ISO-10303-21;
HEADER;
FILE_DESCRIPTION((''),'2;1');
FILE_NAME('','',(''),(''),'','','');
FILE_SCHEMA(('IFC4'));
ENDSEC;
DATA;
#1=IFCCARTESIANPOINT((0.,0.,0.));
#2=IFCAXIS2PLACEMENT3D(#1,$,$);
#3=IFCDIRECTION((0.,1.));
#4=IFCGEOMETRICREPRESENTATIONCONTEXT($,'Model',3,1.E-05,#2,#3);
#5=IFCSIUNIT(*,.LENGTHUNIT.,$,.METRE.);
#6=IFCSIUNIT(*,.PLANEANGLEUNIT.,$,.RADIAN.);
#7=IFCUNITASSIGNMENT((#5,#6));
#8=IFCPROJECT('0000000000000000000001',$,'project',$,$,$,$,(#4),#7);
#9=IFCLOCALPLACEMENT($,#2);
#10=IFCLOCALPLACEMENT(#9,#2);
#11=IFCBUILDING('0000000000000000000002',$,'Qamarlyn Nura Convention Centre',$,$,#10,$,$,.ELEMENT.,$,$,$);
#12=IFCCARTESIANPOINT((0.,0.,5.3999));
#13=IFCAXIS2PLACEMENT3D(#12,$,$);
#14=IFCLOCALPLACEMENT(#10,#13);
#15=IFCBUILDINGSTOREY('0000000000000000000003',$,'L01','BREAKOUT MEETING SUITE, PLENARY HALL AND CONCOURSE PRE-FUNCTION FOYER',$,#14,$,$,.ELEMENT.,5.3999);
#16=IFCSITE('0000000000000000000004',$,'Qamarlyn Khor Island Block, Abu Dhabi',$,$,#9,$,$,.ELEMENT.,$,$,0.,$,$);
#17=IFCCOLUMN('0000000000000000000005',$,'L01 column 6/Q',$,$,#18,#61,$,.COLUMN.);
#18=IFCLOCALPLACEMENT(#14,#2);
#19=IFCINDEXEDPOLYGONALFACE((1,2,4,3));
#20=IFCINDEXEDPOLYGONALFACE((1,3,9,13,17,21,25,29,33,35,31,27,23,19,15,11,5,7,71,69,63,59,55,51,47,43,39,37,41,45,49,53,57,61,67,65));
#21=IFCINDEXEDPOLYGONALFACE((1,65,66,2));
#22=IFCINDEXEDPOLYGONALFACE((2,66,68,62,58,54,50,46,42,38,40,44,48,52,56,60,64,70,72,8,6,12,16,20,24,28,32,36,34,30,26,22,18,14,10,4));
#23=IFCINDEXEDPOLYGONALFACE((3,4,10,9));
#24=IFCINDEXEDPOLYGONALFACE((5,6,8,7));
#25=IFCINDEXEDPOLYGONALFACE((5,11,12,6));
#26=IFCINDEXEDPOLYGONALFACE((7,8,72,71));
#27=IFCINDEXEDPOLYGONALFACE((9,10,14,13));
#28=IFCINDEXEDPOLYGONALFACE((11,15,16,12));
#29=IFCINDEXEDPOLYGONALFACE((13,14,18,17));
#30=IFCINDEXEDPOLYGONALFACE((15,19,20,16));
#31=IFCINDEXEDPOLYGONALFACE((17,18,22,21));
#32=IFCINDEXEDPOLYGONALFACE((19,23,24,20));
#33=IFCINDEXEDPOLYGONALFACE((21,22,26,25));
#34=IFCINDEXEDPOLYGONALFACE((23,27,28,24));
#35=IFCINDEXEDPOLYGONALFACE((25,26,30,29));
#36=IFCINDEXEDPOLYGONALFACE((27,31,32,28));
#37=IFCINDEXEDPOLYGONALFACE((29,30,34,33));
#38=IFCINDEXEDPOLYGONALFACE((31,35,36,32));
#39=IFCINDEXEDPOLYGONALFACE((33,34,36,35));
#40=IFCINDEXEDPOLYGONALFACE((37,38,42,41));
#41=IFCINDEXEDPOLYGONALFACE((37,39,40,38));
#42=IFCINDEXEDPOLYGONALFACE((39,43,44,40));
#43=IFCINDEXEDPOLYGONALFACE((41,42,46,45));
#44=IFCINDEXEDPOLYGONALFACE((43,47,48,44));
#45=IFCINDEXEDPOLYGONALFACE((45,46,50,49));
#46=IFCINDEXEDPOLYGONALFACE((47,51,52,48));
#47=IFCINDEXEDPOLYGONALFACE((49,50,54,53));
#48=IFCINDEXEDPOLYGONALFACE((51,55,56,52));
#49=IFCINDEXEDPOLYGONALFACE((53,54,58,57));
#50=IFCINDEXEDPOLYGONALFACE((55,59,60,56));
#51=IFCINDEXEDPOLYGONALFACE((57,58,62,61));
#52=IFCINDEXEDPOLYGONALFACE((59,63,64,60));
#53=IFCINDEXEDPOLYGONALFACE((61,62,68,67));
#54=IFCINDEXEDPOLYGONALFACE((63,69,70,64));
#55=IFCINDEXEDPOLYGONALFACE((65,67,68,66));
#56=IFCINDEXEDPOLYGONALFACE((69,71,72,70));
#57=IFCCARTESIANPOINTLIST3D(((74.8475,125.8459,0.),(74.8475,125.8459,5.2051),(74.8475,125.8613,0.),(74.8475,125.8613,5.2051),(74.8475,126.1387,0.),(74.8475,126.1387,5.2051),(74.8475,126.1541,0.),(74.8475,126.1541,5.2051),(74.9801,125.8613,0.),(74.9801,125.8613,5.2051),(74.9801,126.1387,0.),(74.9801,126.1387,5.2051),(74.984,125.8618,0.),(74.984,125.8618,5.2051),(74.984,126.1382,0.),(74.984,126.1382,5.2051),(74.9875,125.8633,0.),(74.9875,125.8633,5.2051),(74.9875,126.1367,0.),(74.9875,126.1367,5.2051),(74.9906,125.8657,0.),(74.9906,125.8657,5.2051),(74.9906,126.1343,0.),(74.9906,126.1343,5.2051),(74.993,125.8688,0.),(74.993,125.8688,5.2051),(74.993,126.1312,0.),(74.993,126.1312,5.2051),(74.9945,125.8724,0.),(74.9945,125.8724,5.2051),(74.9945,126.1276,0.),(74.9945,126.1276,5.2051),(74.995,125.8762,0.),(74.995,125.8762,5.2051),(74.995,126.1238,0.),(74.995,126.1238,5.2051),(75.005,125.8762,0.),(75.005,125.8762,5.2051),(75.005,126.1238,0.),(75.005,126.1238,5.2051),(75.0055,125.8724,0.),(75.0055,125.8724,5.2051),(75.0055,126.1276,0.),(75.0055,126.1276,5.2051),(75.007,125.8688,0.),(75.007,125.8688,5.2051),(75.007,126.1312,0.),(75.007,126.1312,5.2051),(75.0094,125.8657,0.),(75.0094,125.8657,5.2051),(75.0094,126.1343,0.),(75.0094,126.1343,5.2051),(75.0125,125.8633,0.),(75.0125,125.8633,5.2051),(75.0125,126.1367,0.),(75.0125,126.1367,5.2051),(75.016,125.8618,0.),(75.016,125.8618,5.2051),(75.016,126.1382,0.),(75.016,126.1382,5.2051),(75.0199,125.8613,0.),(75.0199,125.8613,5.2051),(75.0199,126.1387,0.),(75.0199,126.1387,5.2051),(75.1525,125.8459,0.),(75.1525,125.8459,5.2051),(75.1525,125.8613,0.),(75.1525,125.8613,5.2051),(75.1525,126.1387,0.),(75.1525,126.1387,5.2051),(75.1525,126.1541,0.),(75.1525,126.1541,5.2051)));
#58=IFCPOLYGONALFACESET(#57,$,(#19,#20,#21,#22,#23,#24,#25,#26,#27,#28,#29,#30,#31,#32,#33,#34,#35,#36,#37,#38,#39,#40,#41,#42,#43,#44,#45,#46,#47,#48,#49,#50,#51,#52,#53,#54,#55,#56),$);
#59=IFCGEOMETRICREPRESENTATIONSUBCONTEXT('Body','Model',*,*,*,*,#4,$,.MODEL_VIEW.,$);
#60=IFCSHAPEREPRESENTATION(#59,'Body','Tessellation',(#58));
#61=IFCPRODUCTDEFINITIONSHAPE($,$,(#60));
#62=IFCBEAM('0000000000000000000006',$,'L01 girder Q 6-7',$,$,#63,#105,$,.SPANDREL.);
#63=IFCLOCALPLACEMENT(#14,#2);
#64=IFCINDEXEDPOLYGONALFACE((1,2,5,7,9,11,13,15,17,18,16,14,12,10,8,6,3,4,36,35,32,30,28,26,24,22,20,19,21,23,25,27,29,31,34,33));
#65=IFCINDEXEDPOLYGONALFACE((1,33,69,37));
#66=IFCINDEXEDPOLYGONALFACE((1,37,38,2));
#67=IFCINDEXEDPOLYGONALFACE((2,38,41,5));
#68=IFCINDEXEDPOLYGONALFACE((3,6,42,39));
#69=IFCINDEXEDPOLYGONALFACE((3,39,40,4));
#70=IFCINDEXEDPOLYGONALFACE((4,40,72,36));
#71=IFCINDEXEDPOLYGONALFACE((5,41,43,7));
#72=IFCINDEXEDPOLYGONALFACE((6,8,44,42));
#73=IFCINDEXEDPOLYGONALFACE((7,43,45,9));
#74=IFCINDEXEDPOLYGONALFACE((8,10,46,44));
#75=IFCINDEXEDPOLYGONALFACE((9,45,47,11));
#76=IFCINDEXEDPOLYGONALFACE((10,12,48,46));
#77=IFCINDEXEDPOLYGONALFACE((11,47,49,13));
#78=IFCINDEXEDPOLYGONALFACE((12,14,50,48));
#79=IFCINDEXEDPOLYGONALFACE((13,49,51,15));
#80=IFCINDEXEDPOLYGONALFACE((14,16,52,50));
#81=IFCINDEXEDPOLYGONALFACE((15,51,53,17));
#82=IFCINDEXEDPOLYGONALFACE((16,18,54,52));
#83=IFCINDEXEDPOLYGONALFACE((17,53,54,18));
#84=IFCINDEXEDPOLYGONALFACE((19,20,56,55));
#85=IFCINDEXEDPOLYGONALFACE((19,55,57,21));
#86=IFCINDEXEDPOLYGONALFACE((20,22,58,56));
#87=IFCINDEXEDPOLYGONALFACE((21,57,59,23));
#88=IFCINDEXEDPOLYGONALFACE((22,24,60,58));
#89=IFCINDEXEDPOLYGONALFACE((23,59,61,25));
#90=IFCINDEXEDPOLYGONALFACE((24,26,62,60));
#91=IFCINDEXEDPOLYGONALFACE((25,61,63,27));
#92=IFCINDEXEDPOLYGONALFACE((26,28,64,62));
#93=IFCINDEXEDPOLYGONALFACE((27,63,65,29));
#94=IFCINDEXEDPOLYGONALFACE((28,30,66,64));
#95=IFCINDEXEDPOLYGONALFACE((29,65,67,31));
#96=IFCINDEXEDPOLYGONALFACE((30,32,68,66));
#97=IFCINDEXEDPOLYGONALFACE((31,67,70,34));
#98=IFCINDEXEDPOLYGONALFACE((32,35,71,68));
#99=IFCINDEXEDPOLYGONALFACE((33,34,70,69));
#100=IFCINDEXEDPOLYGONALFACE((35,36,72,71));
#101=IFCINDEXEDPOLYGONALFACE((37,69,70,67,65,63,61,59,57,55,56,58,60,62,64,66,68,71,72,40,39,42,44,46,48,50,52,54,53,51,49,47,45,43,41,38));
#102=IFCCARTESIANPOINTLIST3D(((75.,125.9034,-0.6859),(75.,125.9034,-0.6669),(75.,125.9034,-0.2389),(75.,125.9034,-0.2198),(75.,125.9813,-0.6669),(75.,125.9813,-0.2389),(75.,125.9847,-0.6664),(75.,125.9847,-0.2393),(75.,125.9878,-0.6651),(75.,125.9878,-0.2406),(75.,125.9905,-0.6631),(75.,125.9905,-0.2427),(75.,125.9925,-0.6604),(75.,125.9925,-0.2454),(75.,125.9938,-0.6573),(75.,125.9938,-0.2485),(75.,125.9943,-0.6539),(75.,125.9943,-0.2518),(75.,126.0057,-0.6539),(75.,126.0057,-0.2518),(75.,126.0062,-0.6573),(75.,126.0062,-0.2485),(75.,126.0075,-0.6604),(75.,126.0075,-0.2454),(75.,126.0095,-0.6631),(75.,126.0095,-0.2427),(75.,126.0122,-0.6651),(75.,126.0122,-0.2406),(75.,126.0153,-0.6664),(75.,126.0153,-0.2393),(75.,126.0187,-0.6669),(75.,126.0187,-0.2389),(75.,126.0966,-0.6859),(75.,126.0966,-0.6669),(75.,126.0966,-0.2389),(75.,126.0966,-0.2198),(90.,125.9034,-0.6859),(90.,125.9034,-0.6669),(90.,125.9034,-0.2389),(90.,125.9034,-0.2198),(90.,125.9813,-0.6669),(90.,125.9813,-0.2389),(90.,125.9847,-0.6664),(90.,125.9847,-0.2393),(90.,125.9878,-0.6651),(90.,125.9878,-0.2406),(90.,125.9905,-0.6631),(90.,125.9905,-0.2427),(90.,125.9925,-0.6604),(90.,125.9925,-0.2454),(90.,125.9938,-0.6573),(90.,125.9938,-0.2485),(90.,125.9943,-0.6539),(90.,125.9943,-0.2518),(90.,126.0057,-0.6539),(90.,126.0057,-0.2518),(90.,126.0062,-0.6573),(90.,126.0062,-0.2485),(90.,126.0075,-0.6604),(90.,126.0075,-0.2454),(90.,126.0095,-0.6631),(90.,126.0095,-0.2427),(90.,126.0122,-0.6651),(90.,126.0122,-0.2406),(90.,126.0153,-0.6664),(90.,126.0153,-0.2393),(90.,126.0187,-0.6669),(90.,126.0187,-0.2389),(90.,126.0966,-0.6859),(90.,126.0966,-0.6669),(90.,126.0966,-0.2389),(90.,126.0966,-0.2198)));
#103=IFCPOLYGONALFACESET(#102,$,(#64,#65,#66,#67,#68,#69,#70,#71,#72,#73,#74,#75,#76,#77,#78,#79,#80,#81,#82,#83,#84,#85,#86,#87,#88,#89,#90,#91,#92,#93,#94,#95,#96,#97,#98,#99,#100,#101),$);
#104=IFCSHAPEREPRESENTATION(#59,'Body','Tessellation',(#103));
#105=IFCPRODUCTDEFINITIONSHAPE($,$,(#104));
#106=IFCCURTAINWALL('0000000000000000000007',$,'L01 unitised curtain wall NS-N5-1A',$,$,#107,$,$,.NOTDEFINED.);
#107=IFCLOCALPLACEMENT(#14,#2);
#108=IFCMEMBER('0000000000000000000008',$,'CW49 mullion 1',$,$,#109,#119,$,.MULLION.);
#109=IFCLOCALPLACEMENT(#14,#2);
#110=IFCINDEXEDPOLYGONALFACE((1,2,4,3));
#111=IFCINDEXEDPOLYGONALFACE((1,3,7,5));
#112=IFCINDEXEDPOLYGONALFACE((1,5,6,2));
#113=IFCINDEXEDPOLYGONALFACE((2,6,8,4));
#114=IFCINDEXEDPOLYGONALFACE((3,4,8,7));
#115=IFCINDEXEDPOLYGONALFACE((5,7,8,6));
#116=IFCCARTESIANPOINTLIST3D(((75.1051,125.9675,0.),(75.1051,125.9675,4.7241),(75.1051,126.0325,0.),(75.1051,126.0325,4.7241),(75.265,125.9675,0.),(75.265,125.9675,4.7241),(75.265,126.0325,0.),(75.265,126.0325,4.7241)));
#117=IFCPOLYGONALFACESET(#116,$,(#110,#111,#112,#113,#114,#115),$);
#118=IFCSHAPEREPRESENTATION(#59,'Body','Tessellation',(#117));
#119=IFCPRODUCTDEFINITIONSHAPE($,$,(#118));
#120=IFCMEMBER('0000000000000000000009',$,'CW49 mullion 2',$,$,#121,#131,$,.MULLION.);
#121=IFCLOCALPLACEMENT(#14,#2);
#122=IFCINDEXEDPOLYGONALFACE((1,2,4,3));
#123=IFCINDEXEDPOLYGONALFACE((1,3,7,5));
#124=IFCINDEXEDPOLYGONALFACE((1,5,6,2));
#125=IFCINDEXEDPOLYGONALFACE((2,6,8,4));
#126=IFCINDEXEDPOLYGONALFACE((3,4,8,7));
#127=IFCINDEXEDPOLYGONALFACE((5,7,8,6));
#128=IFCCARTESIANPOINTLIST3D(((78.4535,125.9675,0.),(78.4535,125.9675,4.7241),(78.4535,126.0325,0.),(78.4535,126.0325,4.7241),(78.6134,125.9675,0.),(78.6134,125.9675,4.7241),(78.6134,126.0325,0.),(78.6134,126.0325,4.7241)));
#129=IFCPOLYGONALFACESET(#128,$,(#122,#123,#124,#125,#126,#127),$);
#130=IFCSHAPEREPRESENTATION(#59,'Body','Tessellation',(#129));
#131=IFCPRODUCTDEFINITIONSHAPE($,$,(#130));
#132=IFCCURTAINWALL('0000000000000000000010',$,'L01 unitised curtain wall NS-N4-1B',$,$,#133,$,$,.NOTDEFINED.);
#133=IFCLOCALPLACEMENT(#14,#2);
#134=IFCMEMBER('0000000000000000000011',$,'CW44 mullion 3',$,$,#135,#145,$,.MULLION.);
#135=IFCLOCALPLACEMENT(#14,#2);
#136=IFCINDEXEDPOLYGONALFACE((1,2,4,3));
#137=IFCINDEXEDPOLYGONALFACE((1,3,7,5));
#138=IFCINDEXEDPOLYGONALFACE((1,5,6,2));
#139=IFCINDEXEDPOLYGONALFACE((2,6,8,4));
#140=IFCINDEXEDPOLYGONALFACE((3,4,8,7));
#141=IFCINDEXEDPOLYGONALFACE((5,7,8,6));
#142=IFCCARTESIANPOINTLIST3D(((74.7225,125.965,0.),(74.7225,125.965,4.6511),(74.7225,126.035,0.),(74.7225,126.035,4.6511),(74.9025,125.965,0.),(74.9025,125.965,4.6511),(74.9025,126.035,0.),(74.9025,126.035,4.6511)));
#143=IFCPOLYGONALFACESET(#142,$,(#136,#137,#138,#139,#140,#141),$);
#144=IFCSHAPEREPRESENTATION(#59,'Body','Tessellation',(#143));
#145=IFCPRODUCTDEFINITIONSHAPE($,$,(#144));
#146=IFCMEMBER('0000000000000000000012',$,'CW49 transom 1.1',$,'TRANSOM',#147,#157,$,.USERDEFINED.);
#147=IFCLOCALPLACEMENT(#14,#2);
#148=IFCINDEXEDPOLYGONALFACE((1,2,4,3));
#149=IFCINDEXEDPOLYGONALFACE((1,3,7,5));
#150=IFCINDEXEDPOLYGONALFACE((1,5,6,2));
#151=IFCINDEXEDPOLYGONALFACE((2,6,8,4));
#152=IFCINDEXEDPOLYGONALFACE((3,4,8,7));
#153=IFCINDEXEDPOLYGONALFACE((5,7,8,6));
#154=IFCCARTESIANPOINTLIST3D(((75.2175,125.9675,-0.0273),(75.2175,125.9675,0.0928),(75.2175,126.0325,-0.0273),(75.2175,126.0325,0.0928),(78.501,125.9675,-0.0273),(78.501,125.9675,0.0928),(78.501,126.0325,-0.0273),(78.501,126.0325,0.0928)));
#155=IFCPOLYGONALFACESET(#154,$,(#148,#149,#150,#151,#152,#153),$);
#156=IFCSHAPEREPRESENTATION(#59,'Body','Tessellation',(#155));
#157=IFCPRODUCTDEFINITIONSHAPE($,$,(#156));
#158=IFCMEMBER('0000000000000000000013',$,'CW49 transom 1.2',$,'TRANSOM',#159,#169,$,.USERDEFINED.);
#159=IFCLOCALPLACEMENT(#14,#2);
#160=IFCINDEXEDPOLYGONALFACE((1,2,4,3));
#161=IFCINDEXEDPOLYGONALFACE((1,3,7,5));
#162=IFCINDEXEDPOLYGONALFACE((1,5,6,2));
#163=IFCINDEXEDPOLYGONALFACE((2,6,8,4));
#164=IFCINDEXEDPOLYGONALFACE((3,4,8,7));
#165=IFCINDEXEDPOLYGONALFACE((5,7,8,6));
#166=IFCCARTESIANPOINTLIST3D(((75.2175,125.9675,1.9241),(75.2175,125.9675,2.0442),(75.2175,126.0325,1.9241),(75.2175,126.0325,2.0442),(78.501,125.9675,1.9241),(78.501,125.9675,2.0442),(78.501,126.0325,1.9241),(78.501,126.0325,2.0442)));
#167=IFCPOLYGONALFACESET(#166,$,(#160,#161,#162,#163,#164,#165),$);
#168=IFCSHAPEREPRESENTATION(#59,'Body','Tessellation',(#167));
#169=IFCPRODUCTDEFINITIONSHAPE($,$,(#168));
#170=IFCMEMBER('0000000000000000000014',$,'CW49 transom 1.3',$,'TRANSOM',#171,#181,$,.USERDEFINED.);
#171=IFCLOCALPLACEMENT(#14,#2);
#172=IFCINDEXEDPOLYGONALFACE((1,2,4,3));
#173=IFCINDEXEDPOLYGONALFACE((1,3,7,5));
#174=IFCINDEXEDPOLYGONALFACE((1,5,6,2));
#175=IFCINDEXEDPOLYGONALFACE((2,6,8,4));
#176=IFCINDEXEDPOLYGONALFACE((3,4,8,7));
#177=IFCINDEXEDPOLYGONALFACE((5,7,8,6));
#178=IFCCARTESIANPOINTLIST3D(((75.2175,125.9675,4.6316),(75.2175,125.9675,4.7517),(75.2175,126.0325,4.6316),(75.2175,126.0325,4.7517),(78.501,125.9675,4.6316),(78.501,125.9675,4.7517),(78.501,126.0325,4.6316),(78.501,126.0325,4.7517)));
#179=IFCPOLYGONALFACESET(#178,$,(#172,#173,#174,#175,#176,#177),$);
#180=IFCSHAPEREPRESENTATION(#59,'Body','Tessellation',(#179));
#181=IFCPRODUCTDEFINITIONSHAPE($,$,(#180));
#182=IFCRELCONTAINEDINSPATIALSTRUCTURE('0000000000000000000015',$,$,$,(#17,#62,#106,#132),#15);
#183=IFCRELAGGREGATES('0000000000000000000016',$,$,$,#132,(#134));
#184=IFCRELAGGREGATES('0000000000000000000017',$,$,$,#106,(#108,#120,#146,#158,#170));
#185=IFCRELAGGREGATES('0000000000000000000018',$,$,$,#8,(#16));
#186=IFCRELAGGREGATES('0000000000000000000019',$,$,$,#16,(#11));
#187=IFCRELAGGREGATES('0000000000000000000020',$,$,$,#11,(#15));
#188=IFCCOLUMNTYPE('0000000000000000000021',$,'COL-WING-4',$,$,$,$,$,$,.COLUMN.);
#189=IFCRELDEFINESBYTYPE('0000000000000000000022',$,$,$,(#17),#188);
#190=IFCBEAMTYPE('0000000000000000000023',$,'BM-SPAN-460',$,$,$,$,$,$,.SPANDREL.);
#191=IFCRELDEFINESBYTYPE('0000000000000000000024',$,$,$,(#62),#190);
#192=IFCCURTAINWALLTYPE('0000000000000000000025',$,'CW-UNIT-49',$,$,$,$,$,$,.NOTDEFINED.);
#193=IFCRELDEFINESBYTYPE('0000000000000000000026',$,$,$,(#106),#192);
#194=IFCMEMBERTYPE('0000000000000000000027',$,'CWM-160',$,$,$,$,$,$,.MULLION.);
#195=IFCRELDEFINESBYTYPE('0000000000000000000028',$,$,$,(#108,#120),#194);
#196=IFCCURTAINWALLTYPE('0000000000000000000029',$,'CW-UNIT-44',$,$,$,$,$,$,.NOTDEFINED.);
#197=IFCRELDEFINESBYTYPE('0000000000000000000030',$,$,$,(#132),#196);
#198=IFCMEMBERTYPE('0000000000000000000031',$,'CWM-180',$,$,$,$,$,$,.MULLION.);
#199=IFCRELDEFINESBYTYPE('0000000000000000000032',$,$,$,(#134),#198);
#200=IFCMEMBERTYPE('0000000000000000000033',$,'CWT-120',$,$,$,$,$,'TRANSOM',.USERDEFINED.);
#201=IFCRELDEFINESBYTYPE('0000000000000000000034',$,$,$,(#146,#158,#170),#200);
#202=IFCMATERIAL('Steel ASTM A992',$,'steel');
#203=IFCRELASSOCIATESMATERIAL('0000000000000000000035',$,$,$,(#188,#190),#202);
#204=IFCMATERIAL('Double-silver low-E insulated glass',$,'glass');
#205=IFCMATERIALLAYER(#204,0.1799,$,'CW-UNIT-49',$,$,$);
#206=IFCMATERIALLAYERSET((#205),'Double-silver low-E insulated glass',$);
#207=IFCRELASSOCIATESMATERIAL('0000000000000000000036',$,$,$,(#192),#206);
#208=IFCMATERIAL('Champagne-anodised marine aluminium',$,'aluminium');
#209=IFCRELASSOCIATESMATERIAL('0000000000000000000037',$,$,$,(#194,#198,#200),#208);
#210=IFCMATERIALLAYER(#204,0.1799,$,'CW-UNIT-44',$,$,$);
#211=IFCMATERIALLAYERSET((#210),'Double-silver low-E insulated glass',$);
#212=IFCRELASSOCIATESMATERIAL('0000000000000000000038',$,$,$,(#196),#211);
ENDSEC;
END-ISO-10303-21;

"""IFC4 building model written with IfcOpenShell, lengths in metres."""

from ifc_helpers import new_model, si_unit, direction, frame, origin, origin_2d, place, context, subcontext, project, spatial, rectangle, i_section, extrude, material, layer, layer_set, material_profile, profile_set, type_object, element, aggregate, save


model = new_model("IFC4")

# Units and contexts
model_context = context("Model", 3, precision=1e-05, world=origin(), true_north=direction((0.0, 1.0)))
body_context = subcontext(model_context, "Body", "Model", "MODEL_VIEW")
ifc_project = project(units=[si_unit("LENGTHUNIT", "METRE"), si_unit("PLANEANGLEUNIT", "RADIAN")], contexts=[model_context])

# Site, building, storey
site_placement = place(None, origin())
site = spatial("IfcSite", under=ifc_project, at=site_placement, Name="Qamarlyn Khor Island Block, Abu Dhabi", CompositionType="ELEMENT", RefElevation=0.0)
building_placement = place(site_placement, origin())
building = spatial("IfcBuilding", under=site, at=building_placement, Name="Qamarlyn Nura Convention Centre", CompositionType="ELEMENT")
storey_placement = place(building_placement, frame((0.0, 0.0, 5.3999)))
storey = spatial("IfcBuildingStorey", under=building, at=storey_placement, Name="L01", Description="BREAKOUT MEETING SUITE, PLENARY HALL AND CONCOURSE PRE-FUNCTION FOYER", CompositionType="ELEMENT", Elevation=5.3999)

# Column
ifc_material_1 = material(Name="Steel ASTM A992", Category="steel")
ifc_material_profile_1 = material_profile(ifc_material_1, i_section(OverallWidth=0.3049, OverallDepth=0.3081, WebThickness=0.01, FlangeThickness=0.0154, FilletRadius=0.0149, at=origin_2d()), Name="W310X97")
ifc_profile_set_1 = profile_set([ifc_material_profile_1], Name="Steel ASTM A992")
column_type = type_object("IfcColumnType", Name="COL-WING-4", PredefinedType="COLUMN", material=ifc_profile_set_1)
column_placement = place(storey_placement, frame((75.0, 126.0, 0.0), z_axis=(0.0, 0.0, 1.0), x_axis=(1.0, 0.0, 0.0)))
element("IfcColumn", 1, at=column_placement, inside=storey, type_object=column_type, Name="L01 column 6/Q", PredefinedType="COLUMN", context=body_context, shape_type="SweptSolid", body=[
    extrude(i_section(OverallWidth=0.3049, OverallDepth=0.3081, WebThickness=0.01, FlangeThickness=0.0154, FilletRadius=0.0149, at=origin_2d()), origin(), (0.0, 0.0, 1.0), 5.2051),
])

# Beam
ifc_material_profile_2 = material_profile(ifc_material_1, i_section(OverallWidth=0.1931, OverallDepth=0.4661, WebThickness=0.0115, FlangeThickness=0.019, FilletRadius=0.0129, at=origin_2d()), Name="W460X97")
ifc_profile_set_2 = profile_set([ifc_material_profile_2], Name="Steel ASTM A992")
beam_type = type_object("IfcBeamType", Name="BM-SPAN-460", PredefinedType="SPANDREL", material=ifc_profile_set_2)
beam_placement = place(storey_placement, frame((75.0, 126.0, -0.4529), z_axis=(1.0, 0.0, 0.0), x_axis=(0.0, 1.0, 0.0)))
element("IfcBeam", 2, at=beam_placement, inside=storey, type_object=beam_type, Name="L01 girder Q 6-7", PredefinedType="SPANDREL", context=body_context, shape_type="SweptSolid", body=[
    extrude(i_section(OverallWidth=0.1931, OverallDepth=0.4661, WebThickness=0.0115, FlangeThickness=0.019, FilletRadius=0.0129, at=origin_2d()), origin(), (0.0, 0.0, 1.0), 15.0),
])

# Curtain wall, members
ifc_material_2 = material(Name="Double-silver low-E insulated glass", Category="glass")
ifc_layer_1 = layer(ifc_material_2, 0.1799, Name="CW-UNIT-49")
ifc_layer_set_1 = layer_set([ifc_layer_1], Name="Double-silver low-E insulated glass")
curtain_wall_type_1 = type_object("IfcCurtainWallType", Name="CW-UNIT-49", PredefinedType="NOTDEFINED", material=ifc_layer_set_1)
curtain_wall_1_placement = place(storey_placement, origin())
curtain_wall_1 = element("IfcCurtainWall", 3, at=curtain_wall_1_placement, inside=storey, type_object=curtain_wall_type_1, Name="L01 unitised curtain wall NS-N5-1A", PredefinedType="NOTDEFINED")
ifc_material_3 = material(Name="Champagne-anodised marine aluminium", Category="aluminium")
ifc_material_profile_3 = material_profile(ifc_material_3, rectangle(XDim=0.0649, YDim=0.1599, at=origin_2d()), Name="ALU MULLION 65x160")
ifc_profile_set_3 = profile_set([ifc_material_profile_3], Name="Champagne-anodised marine aluminium")
member_type_1 = type_object("IfcMemberType", Name="CWM-160", PredefinedType="MULLION", material=ifc_profile_set_3)
member_1_placement = place(storey_placement, frame((75.1851, 126.0, 0.0), z_axis=(0.0, 0.0, 1.0), x_axis=(0.0, 1.0, 0.0)))
member_1 = element("IfcMember", 4, at=member_1_placement, type_object=member_type_1, Name="CW49 mullion 1", PredefinedType="MULLION", context=body_context, shape_type="SweptSolid", body=[
    extrude(rectangle(XDim=0.0649, YDim=0.1599, at=origin_2d()), origin(), (0.0, 0.0, 1.0), 4.7241),
])
member_2_placement = place(storey_placement, frame((78.5334, 126.0, 0.0), z_axis=(0.0, 0.0, 1.0), x_axis=(0.0, 1.0, 0.0)))
member_2 = element("IfcMember", 5, at=member_2_placement, type_object=member_type_1, Name="CW49 mullion 2", PredefinedType="MULLION", context=body_context, shape_type="SweptSolid", body=[
    extrude(rectangle(XDim=0.0649, YDim=0.1599, at=origin_2d()), origin(), (0.0, 0.0, 1.0), 4.7241),
])

# Curtain wall, member
ifc_layer_2 = layer(ifc_material_2, 0.1799, Name="CW-UNIT-44")
ifc_layer_set_2 = layer_set([ifc_layer_2], Name="Double-silver low-E insulated glass")
curtain_wall_type_2 = type_object("IfcCurtainWallType", Name="CW-UNIT-44", PredefinedType="NOTDEFINED", material=ifc_layer_set_2)
curtain_wall_2_placement = place(storey_placement, origin())
curtain_wall_2 = element("IfcCurtainWall", 6, at=curtain_wall_2_placement, inside=storey, type_object=curtain_wall_type_2, Name="L01 unitised curtain wall NS-N4-1B", PredefinedType="NOTDEFINED")
ifc_material_profile_4 = material_profile(ifc_material_3, rectangle(XDim=0.0701, YDim=0.1799, at=origin_2d()), Name="ALU MULLION 70x180")
ifc_profile_set_4 = profile_set([ifc_material_profile_4], Name="Champagne-anodised marine aluminium")
member_type_2 = type_object("IfcMemberType", Name="CWM-180", PredefinedType="MULLION", material=ifc_profile_set_4)
member_3_placement = place(storey_placement, frame((74.8125, 126.0, 0.0), z_axis=(0.0, 0.0, 1.0), x_axis=(0.0, 1.0, 0.0)))
member_3 = element("IfcMember", 7, at=member_3_placement, type_object=member_type_2, Name="CW44 mullion 3", PredefinedType="MULLION", context=body_context, shape_type="SweptSolid", body=[
    extrude(rectangle(XDim=0.0701, YDim=0.1799, at=origin_2d()), origin(), (0.0, 0.0, 1.0), 4.6511),
])

# Members
ifc_material_profile_5 = material_profile(ifc_material_3, rectangle(XDim=0.0649, YDim=0.1201, at=origin_2d()), Name="ALU TRANSOM 65x120")
ifc_profile_set_5 = profile_set([ifc_material_profile_5], Name="Champagne-anodised marine aluminium")
member_type_3 = type_object("IfcMemberType", Name="CWT-120", ElementType="TRANSOM", PredefinedType="USERDEFINED", material=ifc_profile_set_5)
member_4_placement = place(storey_placement, frame((75.2175, 126.0, 0.0327), z_axis=(1.0, 0.0, 0.0), x_axis=(0.0, 1.0, 0.0)))
member_4 = element("IfcMember", 8, at=member_4_placement, type_object=member_type_3, Name="CW49 transom 1.1", ObjectType="TRANSOM", PredefinedType="USERDEFINED", context=body_context, shape_type="SweptSolid", body=[
    extrude(rectangle(XDim=0.0649, YDim=0.1201, at=origin_2d()), origin(), (0.0, 0.0, 1.0), 3.2834),
])
member_5_placement = place(storey_placement, frame((75.2175, 126.0, 1.9841), z_axis=(1.0, 0.0, 0.0), x_axis=(0.0, 1.0, 0.0)))
member_5 = element("IfcMember", 9, at=member_5_placement, type_object=member_type_3, Name="CW49 transom 1.2", ObjectType="TRANSOM", PredefinedType="USERDEFINED", context=body_context, shape_type="SweptSolid", body=[
    extrude(rectangle(XDim=0.0649, YDim=0.1201, at=origin_2d()), origin(), (0.0, 0.0, 1.0), 3.2834),
])
member_6_placement = place(storey_placement, frame((75.2175, 126.0, 4.6917), z_axis=(1.0, 0.0, 0.0), x_axis=(0.0, 1.0, 0.0)))
member_6 = element("IfcMember", 10, at=member_6_placement, type_object=member_type_3, Name="CW49 transom 1.3", ObjectType="TRANSOM", PredefinedType="USERDEFINED", context=body_context, shape_type="SweptSolid", body=[
    extrude(rectangle(XDim=0.0649, YDim=0.1201, at=origin_2d()), origin(), (0.0, 0.0, 1.0), 3.2834),
])

aggregate(curtain_wall_2, [member_3])
aggregate(curtain_wall_1, [member_1, member_2, member_4, member_5, member_6])

save(model, "model.ifc")
